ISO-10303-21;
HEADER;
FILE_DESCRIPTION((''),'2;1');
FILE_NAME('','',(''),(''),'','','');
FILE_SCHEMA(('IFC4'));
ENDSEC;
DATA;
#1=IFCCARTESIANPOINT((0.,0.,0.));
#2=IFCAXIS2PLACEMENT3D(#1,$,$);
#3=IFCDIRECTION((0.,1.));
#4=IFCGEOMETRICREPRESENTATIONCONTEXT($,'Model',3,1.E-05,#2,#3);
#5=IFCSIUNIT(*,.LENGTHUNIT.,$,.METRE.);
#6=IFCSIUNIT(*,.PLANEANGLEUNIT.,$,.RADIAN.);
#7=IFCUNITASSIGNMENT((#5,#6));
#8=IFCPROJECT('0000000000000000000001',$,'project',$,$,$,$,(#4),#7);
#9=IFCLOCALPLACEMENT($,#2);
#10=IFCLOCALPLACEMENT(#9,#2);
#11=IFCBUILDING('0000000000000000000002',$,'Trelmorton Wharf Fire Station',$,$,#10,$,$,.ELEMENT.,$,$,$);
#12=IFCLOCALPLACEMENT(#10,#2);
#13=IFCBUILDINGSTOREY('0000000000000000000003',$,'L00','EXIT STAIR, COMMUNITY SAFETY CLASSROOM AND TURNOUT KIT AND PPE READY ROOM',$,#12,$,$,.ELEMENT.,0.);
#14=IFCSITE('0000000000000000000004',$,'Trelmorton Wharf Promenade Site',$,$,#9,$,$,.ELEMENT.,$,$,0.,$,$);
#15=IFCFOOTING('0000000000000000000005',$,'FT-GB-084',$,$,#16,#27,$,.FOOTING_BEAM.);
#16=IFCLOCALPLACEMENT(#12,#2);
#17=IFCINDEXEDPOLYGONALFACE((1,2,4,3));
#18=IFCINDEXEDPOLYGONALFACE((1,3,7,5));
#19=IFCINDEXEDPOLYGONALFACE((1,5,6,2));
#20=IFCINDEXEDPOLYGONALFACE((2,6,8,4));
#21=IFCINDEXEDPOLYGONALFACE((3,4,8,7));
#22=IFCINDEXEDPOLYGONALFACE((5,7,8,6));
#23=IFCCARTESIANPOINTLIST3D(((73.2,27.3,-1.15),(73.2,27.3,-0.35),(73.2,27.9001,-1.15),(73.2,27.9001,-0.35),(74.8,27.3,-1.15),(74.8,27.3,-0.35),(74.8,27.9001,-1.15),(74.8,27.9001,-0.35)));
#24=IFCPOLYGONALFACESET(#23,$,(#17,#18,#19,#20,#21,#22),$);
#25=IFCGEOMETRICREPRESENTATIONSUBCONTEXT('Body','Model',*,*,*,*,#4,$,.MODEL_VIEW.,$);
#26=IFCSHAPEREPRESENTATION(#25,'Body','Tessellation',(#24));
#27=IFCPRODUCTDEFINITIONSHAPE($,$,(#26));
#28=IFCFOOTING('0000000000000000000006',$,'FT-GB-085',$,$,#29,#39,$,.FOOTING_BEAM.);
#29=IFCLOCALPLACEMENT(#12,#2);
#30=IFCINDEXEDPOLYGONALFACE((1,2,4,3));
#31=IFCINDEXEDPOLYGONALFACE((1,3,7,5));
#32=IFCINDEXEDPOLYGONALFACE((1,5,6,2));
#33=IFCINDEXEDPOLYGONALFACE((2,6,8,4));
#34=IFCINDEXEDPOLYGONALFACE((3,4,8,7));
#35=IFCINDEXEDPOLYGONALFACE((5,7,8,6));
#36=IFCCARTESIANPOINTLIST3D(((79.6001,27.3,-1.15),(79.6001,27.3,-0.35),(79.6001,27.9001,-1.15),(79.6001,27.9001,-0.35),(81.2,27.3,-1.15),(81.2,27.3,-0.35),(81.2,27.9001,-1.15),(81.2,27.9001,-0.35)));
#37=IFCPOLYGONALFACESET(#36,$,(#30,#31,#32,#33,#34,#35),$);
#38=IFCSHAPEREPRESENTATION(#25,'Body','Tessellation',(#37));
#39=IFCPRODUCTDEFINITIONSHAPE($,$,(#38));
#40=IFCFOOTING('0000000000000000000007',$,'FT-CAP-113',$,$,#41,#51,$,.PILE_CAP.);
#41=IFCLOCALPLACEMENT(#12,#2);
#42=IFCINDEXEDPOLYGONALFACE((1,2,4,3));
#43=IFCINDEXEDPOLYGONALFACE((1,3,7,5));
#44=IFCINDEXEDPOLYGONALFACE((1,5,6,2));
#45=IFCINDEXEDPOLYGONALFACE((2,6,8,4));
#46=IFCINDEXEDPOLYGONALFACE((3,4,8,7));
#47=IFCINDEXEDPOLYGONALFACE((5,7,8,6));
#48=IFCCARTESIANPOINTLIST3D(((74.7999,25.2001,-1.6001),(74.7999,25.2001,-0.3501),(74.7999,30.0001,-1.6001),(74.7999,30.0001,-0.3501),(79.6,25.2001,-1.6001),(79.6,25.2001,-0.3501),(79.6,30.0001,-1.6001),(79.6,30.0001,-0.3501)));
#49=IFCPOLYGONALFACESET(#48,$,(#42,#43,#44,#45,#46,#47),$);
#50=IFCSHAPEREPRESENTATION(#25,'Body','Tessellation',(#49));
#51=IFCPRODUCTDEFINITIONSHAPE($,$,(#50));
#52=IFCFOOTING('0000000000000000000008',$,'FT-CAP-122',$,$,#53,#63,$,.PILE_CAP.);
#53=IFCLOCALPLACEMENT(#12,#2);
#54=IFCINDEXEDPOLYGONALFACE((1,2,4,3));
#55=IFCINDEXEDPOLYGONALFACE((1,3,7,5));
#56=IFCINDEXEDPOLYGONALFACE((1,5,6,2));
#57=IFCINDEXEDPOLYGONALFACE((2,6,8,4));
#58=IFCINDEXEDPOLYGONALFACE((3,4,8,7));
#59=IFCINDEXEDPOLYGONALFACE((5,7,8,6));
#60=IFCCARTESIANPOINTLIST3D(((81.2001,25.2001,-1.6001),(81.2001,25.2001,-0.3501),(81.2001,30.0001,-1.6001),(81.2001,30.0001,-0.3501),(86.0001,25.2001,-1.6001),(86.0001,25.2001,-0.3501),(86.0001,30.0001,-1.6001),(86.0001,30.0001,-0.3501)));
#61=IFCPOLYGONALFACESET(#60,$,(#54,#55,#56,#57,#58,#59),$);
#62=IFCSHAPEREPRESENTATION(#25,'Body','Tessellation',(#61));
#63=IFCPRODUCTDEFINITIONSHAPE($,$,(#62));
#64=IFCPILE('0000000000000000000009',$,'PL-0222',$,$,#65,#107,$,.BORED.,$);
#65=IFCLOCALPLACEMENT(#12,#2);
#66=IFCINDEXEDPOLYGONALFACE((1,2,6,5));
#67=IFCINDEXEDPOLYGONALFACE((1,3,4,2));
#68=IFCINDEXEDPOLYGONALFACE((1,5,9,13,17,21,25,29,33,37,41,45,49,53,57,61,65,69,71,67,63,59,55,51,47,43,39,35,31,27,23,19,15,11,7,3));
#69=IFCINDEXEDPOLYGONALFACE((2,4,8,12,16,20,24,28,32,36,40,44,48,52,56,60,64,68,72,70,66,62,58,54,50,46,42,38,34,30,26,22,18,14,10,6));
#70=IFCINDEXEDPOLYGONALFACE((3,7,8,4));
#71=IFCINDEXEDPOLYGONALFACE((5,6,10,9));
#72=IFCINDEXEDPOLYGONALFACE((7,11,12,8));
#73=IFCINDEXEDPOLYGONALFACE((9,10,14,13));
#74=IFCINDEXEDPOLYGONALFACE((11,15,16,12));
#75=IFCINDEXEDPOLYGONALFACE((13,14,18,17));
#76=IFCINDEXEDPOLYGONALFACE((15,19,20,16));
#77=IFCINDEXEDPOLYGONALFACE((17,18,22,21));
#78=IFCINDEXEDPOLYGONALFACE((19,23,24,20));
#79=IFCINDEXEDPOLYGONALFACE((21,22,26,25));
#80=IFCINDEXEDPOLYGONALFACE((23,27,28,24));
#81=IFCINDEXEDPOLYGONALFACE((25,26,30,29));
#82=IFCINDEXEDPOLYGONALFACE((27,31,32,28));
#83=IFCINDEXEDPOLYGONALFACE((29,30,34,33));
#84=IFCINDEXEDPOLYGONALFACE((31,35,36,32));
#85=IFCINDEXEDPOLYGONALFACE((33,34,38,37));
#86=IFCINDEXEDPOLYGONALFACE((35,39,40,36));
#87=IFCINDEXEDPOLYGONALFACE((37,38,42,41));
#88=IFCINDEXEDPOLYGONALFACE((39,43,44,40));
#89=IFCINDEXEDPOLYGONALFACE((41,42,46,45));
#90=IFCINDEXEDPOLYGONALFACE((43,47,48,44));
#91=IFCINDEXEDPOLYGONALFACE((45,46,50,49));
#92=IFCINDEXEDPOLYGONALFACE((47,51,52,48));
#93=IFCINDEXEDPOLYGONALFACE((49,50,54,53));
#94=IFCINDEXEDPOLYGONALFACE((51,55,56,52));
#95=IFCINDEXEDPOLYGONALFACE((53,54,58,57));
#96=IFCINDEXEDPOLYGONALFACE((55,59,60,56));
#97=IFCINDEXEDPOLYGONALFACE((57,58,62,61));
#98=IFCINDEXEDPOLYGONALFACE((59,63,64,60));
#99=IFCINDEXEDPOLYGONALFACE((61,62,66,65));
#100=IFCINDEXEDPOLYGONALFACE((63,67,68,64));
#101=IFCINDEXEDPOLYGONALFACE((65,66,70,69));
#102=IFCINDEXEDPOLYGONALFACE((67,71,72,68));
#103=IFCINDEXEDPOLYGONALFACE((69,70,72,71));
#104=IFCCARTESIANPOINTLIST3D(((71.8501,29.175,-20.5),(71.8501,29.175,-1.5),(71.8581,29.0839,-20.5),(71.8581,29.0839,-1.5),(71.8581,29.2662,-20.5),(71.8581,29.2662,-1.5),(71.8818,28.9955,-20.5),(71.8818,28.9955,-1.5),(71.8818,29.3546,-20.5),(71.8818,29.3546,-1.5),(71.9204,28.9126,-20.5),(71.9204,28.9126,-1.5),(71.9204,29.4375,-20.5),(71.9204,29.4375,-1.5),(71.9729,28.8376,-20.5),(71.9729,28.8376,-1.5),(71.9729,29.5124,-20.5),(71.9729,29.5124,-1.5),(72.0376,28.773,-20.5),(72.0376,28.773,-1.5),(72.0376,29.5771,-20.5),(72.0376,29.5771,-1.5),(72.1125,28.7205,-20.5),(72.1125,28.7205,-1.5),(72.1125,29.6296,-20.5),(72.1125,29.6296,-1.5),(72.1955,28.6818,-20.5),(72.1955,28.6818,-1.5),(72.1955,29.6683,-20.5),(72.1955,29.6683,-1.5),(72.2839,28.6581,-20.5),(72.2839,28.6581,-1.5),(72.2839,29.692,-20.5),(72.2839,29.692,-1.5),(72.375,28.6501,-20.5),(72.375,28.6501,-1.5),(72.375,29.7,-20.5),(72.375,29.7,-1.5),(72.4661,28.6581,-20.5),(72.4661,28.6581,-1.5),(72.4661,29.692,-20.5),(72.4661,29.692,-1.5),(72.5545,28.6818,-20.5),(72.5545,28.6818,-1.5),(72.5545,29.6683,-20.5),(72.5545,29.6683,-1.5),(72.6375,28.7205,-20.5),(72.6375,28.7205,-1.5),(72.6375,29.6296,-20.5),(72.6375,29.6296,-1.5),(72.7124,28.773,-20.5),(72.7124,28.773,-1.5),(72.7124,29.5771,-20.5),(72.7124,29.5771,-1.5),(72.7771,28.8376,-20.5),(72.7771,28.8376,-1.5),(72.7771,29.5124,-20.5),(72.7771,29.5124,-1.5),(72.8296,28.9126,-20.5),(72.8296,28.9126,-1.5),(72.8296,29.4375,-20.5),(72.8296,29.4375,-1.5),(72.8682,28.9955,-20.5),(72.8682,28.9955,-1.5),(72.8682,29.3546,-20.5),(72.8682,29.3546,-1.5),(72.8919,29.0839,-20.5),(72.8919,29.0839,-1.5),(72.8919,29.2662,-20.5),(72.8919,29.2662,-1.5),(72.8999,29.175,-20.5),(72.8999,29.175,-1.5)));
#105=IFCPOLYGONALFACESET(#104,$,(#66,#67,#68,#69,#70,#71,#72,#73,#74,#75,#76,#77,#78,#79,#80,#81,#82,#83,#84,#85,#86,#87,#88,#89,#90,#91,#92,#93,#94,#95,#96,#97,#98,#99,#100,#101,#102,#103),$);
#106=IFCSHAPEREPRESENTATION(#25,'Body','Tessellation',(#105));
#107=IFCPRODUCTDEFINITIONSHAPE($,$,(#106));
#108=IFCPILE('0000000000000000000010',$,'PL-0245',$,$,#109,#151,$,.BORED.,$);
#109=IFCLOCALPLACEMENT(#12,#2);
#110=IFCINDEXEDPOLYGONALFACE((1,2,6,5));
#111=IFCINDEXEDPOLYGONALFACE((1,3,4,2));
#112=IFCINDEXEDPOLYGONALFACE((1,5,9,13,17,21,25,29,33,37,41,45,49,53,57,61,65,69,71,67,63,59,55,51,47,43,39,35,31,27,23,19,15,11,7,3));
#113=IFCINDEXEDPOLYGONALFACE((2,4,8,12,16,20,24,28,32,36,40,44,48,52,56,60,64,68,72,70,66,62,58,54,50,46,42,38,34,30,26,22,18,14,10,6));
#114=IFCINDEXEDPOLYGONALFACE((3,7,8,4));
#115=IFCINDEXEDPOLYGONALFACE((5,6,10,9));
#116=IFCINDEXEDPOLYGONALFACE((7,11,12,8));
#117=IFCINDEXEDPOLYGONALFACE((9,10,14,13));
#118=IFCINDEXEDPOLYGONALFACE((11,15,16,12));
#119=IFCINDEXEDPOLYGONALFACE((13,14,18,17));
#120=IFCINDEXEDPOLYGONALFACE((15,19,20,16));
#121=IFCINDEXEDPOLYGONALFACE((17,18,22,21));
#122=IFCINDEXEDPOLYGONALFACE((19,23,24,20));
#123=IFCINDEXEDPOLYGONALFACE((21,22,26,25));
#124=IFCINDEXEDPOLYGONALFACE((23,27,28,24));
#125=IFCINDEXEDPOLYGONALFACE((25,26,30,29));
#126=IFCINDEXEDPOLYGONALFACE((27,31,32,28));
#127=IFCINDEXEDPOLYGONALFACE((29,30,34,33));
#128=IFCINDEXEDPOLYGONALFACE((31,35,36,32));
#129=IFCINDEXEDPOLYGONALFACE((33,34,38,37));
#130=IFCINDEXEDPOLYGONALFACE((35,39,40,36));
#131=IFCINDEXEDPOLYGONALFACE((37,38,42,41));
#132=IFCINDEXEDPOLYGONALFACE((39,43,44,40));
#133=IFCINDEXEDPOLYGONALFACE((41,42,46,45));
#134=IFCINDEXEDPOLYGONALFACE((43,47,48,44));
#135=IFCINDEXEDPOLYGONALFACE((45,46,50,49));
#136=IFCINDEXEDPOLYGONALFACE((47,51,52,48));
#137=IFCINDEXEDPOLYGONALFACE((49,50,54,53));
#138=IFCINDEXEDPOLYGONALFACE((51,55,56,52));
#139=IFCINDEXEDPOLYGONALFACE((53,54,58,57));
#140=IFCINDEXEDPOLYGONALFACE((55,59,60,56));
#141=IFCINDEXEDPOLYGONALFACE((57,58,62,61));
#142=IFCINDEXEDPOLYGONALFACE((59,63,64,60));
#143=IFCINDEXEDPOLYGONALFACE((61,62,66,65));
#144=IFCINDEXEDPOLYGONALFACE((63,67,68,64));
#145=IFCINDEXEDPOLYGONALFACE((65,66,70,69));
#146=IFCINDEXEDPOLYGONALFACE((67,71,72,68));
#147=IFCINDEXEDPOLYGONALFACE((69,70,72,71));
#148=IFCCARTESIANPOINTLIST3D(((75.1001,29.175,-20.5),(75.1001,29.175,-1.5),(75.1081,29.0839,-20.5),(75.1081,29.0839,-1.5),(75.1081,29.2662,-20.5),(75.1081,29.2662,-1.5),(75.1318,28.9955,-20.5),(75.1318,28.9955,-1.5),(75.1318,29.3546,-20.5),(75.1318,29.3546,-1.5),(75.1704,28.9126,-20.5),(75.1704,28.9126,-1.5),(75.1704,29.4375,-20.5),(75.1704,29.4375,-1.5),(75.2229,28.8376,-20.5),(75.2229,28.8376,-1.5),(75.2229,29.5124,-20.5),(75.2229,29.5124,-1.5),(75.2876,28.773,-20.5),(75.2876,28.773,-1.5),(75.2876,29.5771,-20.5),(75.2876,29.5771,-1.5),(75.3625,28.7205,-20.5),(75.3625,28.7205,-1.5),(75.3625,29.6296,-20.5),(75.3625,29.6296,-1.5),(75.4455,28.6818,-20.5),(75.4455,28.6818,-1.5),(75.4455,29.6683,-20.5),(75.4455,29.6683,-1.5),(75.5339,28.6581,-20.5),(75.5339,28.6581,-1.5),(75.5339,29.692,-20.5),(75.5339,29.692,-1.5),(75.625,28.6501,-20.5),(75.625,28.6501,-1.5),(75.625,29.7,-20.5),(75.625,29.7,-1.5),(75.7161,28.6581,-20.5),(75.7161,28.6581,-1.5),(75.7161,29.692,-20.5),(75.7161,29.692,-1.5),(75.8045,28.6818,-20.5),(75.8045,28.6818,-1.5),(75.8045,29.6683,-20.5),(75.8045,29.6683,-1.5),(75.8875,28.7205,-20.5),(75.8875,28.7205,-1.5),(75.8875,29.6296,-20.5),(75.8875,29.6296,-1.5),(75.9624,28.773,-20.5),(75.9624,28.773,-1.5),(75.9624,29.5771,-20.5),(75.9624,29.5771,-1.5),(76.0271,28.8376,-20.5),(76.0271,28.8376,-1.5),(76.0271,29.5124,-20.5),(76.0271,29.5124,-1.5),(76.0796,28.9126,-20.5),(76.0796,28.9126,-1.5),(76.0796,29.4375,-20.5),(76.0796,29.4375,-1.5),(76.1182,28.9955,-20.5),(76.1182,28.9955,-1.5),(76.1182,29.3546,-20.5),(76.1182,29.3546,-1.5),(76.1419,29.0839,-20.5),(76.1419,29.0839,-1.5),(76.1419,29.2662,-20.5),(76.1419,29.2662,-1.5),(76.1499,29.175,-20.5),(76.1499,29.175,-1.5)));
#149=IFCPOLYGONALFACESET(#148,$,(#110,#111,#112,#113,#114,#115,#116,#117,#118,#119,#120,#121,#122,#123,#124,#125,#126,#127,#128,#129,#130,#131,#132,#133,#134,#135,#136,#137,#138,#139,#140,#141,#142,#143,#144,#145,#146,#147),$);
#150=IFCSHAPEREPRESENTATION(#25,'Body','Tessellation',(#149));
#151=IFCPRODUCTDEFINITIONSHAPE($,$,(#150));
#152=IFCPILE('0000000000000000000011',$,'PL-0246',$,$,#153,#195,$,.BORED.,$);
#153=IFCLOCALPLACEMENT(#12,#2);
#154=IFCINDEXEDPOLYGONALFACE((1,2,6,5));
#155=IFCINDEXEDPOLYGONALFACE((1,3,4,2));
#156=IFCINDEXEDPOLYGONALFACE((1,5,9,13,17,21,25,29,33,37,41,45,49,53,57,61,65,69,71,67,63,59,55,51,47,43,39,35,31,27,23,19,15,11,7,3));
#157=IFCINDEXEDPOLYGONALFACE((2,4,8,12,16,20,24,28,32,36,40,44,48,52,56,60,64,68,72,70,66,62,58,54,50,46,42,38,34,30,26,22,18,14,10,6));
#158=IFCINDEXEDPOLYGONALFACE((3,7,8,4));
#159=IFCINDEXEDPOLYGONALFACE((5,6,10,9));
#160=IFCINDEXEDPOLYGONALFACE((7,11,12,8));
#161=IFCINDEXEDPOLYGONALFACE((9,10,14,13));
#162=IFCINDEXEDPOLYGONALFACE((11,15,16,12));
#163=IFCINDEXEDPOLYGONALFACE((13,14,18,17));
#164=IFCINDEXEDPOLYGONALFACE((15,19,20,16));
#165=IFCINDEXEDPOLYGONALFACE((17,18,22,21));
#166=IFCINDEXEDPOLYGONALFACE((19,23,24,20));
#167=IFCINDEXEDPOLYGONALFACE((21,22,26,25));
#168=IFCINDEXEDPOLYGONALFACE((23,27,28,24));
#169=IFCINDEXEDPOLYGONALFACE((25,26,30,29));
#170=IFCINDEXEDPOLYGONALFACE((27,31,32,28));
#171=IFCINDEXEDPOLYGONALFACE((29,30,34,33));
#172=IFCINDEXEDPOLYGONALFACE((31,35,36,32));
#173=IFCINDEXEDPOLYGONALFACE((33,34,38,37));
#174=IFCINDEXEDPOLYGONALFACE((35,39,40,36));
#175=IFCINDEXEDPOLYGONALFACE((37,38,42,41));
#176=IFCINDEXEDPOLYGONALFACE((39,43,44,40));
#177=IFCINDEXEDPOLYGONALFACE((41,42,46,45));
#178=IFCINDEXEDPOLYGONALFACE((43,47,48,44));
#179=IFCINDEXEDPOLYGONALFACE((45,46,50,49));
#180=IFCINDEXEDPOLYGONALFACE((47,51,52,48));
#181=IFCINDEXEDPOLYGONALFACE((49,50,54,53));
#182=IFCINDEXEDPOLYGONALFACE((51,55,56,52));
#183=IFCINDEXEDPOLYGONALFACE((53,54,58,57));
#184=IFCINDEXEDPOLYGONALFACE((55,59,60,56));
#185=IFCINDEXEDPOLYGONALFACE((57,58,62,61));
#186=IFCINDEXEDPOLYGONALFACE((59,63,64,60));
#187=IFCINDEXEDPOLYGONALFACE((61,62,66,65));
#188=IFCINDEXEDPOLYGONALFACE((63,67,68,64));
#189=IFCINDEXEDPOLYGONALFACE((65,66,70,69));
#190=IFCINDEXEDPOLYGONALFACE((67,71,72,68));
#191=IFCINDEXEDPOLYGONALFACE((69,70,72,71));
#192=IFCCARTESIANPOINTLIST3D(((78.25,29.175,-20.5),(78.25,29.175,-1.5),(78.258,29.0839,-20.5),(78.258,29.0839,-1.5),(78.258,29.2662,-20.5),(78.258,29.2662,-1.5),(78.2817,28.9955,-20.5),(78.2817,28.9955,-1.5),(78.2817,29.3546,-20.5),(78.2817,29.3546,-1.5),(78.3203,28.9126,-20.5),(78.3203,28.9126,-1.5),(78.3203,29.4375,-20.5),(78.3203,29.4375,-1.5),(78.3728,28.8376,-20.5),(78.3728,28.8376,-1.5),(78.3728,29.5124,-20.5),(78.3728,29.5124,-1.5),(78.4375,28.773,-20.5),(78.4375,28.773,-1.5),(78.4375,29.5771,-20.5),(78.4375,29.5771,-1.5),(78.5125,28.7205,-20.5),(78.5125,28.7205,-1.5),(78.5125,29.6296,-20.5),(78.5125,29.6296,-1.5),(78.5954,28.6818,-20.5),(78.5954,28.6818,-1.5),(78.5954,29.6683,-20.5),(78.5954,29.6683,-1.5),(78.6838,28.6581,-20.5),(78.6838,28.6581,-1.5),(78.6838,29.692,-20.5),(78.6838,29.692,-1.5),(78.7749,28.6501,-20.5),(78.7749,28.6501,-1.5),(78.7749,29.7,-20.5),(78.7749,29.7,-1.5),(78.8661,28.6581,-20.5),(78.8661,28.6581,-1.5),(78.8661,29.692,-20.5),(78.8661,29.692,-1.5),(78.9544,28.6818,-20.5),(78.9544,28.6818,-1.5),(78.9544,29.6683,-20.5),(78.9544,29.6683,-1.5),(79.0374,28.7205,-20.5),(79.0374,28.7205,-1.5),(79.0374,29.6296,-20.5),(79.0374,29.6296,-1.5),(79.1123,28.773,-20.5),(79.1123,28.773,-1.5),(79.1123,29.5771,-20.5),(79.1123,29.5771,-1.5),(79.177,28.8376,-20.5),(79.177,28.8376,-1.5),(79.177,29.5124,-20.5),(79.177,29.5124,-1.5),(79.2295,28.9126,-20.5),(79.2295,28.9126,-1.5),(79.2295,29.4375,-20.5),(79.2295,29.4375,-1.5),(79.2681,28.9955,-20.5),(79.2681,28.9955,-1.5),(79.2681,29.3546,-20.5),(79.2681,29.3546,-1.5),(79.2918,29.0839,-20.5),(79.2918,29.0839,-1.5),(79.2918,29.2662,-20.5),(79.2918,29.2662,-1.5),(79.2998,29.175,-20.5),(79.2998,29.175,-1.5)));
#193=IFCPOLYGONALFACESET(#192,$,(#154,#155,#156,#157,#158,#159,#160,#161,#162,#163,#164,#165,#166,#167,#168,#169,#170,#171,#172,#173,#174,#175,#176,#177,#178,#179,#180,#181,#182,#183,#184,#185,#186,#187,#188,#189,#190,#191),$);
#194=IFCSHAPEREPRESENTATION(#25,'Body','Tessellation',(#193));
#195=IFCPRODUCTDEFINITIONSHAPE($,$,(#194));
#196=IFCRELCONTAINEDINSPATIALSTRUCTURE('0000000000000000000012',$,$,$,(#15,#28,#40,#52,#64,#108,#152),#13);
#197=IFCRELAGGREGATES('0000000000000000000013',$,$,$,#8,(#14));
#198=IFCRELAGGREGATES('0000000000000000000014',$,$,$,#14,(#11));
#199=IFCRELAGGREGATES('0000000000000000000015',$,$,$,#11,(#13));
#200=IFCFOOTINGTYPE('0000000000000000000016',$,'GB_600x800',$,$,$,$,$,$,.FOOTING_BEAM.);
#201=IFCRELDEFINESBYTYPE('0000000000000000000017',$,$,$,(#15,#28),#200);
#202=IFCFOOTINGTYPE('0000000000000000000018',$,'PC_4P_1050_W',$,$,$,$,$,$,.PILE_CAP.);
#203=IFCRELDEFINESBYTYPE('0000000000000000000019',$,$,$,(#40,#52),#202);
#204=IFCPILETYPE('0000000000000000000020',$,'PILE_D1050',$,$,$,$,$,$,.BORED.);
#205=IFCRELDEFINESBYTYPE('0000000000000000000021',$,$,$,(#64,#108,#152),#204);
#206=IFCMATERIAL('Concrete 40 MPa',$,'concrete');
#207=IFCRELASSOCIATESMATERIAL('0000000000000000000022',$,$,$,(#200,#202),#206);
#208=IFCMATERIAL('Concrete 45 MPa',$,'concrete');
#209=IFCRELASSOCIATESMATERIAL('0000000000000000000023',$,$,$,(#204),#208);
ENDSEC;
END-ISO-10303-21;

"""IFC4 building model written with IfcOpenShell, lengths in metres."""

from ifc_helpers import new_model, si_unit, direction, frame, origin, origin_2d, place, context, subcontext, project, spatial, rectangle, circle, extrude, material, material_profile, profile_set, type_object, element, save


model = new_model("IFC4")

# Units and contexts
model_context = context("Model", 3, precision=1e-05, world=origin(), true_north=direction((0.0, 1.0)))
body_context = subcontext(model_context, "Body", "Model", "MODEL_VIEW")
ifc_project = project(units=[si_unit("LENGTHUNIT", "METRE"), si_unit("PLANEANGLEUNIT", "RADIAN")], contexts=[model_context])

# Site, building, storey
site_placement = place(None, origin())
site = spatial("IfcSite", under=ifc_project, at=site_placement, Name="Trelmorton Wharf Promenade Site", CompositionType="ELEMENT", RefElevation=0.0)
building_placement = place(site_placement, origin())
building = spatial("IfcBuilding", under=site, at=building_placement, Name="Trelmorton Wharf Fire Station", CompositionType="ELEMENT")
storey_placement = place(building_placement, origin())
storey = spatial("IfcBuildingStorey", under=building, at=storey_placement, Name="L00", Description="EXIT STAIR, COMMUNITY SAFETY CLASSROOM AND TURNOUT KIT AND PPE READY ROOM", CompositionType="ELEMENT", Elevation=0.0)

# Footings
ifc_material_1 = material(Name="Concrete 40 MPa", Category="concrete")
ifc_material_profile_1 = material_profile(ifc_material_1, rectangle(XDim=0.6001, YDim=0.8, at=origin_2d()), Name="RC600x800")
ifc_profile_set_1 = profile_set([ifc_material_profile_1], Name="Concrete 40 MPa")
footing_type_1 = type_object("IfcFootingType", Name="GB_600x800", PredefinedType="FOOTING_BEAM", material=ifc_profile_set_1)
footing_1_placement = place(storey_placement, frame((73.2, 27.6001, -0.75), z_axis=(1.0, 0.0, 0.0), x_axis=(0.0, 1.0, 0.0)))
element("IfcFooting", 1, at=footing_1_placement, inside=storey, type_object=footing_type_1, Name="FT-GB-084", PredefinedType="FOOTING_BEAM", context=body_context, shape_type="SweptSolid", body=[
    extrude(rectangle(XDim=0.6001, YDim=0.8, at=origin_2d()), origin(), (0.0, 0.0, 1.0), 1.6001),
])
footing_2_placement = place(storey_placement, frame((79.6001, 27.6001, -0.75), z_axis=(1.0, 0.0, 0.0), x_axis=(0.0, 1.0, 0.0)))
element("IfcFooting", 2, at=footing_2_placement, inside=storey, type_object=footing_type_1, Name="FT-GB-085", PredefinedType="FOOTING_BEAM", context=body_context, shape_type="SweptSolid", body=[
    extrude(rectangle(XDim=0.6001, YDim=0.8, at=origin_2d()), origin(), (0.0, 0.0, 1.0), 1.5999),
])
footing_type_2 = type_object("IfcFootingType", Name="PC_4P_1050_W", PredefinedType="PILE_CAP", material=ifc_material_1)
for number, where, z_axis, x_axis, name in (
    (3, (77.2, 27.6001, -1.6001), (0.0, 0.0, 1.0), (1.0, 0.0, 0.0), "FT-CAP-113"),
    (4, (83.6001, 27.6001, -1.6001), (0.0, 0.0, 1.0), (1.0, 0.0, 0.0), "FT-CAP-122"),
):
    element("IfcFooting", number, at=place(storey_placement, frame(where, z_axis=z_axis, x_axis=x_axis)), inside=storey, type_object=footing_type_2, Name=name, PredefinedType="PILE_CAP", context=body_context, shape_type="SweptSolid", body=[
        extrude(rectangle(XDim=4.8, YDim=4.8, at=origin_2d()), origin(), (0.0, 0.0, 1.0), 1.25),
    ])

# Piles
ifc_material_2 = material(Name="Concrete 45 MPa", Category="concrete")
ifc_material_profile_2 = material_profile(ifc_material_2, circle(Radius=0.5249, at=origin_2d()), Name="PILE-D1050")
ifc_profile_set_2 = profile_set([ifc_material_profile_2], Name="Concrete 45 MPa")
pile_type_1 = type_object("IfcPileType", Name="PILE_D1050", PredefinedType="BORED", material=ifc_profile_set_2)
for number, where, z_axis, x_axis, name in (
    (5, (72.375, 29.175, -1.5), (0.0, 0.0, -1.0), (1.0, 0.0, 0.0), "PL-0222"),
    (6, (75.625, 29.175, -1.5), (0.0, 0.0, -1.0), (1.0, 0.0, 0.0), "PL-0245"),
    (7, (78.7749, 29.175, -1.5), (0.0, 0.0, -1.0), (1.0, 0.0, 0.0), "PL-0246"),
):
    element("IfcPile", number, at=place(storey_placement, frame(where, z_axis=z_axis, x_axis=x_axis)), inside=storey, type_object=pile_type_1, Name=name, PredefinedType="BORED", context=body_context, shape_type="SweptSolid", body=[
        extrude(circle(Radius=0.5249, at=origin_2d()), origin(), (0.0, 0.0, 1.0), 19.0),
    ])

save(model, "model.ifc")
